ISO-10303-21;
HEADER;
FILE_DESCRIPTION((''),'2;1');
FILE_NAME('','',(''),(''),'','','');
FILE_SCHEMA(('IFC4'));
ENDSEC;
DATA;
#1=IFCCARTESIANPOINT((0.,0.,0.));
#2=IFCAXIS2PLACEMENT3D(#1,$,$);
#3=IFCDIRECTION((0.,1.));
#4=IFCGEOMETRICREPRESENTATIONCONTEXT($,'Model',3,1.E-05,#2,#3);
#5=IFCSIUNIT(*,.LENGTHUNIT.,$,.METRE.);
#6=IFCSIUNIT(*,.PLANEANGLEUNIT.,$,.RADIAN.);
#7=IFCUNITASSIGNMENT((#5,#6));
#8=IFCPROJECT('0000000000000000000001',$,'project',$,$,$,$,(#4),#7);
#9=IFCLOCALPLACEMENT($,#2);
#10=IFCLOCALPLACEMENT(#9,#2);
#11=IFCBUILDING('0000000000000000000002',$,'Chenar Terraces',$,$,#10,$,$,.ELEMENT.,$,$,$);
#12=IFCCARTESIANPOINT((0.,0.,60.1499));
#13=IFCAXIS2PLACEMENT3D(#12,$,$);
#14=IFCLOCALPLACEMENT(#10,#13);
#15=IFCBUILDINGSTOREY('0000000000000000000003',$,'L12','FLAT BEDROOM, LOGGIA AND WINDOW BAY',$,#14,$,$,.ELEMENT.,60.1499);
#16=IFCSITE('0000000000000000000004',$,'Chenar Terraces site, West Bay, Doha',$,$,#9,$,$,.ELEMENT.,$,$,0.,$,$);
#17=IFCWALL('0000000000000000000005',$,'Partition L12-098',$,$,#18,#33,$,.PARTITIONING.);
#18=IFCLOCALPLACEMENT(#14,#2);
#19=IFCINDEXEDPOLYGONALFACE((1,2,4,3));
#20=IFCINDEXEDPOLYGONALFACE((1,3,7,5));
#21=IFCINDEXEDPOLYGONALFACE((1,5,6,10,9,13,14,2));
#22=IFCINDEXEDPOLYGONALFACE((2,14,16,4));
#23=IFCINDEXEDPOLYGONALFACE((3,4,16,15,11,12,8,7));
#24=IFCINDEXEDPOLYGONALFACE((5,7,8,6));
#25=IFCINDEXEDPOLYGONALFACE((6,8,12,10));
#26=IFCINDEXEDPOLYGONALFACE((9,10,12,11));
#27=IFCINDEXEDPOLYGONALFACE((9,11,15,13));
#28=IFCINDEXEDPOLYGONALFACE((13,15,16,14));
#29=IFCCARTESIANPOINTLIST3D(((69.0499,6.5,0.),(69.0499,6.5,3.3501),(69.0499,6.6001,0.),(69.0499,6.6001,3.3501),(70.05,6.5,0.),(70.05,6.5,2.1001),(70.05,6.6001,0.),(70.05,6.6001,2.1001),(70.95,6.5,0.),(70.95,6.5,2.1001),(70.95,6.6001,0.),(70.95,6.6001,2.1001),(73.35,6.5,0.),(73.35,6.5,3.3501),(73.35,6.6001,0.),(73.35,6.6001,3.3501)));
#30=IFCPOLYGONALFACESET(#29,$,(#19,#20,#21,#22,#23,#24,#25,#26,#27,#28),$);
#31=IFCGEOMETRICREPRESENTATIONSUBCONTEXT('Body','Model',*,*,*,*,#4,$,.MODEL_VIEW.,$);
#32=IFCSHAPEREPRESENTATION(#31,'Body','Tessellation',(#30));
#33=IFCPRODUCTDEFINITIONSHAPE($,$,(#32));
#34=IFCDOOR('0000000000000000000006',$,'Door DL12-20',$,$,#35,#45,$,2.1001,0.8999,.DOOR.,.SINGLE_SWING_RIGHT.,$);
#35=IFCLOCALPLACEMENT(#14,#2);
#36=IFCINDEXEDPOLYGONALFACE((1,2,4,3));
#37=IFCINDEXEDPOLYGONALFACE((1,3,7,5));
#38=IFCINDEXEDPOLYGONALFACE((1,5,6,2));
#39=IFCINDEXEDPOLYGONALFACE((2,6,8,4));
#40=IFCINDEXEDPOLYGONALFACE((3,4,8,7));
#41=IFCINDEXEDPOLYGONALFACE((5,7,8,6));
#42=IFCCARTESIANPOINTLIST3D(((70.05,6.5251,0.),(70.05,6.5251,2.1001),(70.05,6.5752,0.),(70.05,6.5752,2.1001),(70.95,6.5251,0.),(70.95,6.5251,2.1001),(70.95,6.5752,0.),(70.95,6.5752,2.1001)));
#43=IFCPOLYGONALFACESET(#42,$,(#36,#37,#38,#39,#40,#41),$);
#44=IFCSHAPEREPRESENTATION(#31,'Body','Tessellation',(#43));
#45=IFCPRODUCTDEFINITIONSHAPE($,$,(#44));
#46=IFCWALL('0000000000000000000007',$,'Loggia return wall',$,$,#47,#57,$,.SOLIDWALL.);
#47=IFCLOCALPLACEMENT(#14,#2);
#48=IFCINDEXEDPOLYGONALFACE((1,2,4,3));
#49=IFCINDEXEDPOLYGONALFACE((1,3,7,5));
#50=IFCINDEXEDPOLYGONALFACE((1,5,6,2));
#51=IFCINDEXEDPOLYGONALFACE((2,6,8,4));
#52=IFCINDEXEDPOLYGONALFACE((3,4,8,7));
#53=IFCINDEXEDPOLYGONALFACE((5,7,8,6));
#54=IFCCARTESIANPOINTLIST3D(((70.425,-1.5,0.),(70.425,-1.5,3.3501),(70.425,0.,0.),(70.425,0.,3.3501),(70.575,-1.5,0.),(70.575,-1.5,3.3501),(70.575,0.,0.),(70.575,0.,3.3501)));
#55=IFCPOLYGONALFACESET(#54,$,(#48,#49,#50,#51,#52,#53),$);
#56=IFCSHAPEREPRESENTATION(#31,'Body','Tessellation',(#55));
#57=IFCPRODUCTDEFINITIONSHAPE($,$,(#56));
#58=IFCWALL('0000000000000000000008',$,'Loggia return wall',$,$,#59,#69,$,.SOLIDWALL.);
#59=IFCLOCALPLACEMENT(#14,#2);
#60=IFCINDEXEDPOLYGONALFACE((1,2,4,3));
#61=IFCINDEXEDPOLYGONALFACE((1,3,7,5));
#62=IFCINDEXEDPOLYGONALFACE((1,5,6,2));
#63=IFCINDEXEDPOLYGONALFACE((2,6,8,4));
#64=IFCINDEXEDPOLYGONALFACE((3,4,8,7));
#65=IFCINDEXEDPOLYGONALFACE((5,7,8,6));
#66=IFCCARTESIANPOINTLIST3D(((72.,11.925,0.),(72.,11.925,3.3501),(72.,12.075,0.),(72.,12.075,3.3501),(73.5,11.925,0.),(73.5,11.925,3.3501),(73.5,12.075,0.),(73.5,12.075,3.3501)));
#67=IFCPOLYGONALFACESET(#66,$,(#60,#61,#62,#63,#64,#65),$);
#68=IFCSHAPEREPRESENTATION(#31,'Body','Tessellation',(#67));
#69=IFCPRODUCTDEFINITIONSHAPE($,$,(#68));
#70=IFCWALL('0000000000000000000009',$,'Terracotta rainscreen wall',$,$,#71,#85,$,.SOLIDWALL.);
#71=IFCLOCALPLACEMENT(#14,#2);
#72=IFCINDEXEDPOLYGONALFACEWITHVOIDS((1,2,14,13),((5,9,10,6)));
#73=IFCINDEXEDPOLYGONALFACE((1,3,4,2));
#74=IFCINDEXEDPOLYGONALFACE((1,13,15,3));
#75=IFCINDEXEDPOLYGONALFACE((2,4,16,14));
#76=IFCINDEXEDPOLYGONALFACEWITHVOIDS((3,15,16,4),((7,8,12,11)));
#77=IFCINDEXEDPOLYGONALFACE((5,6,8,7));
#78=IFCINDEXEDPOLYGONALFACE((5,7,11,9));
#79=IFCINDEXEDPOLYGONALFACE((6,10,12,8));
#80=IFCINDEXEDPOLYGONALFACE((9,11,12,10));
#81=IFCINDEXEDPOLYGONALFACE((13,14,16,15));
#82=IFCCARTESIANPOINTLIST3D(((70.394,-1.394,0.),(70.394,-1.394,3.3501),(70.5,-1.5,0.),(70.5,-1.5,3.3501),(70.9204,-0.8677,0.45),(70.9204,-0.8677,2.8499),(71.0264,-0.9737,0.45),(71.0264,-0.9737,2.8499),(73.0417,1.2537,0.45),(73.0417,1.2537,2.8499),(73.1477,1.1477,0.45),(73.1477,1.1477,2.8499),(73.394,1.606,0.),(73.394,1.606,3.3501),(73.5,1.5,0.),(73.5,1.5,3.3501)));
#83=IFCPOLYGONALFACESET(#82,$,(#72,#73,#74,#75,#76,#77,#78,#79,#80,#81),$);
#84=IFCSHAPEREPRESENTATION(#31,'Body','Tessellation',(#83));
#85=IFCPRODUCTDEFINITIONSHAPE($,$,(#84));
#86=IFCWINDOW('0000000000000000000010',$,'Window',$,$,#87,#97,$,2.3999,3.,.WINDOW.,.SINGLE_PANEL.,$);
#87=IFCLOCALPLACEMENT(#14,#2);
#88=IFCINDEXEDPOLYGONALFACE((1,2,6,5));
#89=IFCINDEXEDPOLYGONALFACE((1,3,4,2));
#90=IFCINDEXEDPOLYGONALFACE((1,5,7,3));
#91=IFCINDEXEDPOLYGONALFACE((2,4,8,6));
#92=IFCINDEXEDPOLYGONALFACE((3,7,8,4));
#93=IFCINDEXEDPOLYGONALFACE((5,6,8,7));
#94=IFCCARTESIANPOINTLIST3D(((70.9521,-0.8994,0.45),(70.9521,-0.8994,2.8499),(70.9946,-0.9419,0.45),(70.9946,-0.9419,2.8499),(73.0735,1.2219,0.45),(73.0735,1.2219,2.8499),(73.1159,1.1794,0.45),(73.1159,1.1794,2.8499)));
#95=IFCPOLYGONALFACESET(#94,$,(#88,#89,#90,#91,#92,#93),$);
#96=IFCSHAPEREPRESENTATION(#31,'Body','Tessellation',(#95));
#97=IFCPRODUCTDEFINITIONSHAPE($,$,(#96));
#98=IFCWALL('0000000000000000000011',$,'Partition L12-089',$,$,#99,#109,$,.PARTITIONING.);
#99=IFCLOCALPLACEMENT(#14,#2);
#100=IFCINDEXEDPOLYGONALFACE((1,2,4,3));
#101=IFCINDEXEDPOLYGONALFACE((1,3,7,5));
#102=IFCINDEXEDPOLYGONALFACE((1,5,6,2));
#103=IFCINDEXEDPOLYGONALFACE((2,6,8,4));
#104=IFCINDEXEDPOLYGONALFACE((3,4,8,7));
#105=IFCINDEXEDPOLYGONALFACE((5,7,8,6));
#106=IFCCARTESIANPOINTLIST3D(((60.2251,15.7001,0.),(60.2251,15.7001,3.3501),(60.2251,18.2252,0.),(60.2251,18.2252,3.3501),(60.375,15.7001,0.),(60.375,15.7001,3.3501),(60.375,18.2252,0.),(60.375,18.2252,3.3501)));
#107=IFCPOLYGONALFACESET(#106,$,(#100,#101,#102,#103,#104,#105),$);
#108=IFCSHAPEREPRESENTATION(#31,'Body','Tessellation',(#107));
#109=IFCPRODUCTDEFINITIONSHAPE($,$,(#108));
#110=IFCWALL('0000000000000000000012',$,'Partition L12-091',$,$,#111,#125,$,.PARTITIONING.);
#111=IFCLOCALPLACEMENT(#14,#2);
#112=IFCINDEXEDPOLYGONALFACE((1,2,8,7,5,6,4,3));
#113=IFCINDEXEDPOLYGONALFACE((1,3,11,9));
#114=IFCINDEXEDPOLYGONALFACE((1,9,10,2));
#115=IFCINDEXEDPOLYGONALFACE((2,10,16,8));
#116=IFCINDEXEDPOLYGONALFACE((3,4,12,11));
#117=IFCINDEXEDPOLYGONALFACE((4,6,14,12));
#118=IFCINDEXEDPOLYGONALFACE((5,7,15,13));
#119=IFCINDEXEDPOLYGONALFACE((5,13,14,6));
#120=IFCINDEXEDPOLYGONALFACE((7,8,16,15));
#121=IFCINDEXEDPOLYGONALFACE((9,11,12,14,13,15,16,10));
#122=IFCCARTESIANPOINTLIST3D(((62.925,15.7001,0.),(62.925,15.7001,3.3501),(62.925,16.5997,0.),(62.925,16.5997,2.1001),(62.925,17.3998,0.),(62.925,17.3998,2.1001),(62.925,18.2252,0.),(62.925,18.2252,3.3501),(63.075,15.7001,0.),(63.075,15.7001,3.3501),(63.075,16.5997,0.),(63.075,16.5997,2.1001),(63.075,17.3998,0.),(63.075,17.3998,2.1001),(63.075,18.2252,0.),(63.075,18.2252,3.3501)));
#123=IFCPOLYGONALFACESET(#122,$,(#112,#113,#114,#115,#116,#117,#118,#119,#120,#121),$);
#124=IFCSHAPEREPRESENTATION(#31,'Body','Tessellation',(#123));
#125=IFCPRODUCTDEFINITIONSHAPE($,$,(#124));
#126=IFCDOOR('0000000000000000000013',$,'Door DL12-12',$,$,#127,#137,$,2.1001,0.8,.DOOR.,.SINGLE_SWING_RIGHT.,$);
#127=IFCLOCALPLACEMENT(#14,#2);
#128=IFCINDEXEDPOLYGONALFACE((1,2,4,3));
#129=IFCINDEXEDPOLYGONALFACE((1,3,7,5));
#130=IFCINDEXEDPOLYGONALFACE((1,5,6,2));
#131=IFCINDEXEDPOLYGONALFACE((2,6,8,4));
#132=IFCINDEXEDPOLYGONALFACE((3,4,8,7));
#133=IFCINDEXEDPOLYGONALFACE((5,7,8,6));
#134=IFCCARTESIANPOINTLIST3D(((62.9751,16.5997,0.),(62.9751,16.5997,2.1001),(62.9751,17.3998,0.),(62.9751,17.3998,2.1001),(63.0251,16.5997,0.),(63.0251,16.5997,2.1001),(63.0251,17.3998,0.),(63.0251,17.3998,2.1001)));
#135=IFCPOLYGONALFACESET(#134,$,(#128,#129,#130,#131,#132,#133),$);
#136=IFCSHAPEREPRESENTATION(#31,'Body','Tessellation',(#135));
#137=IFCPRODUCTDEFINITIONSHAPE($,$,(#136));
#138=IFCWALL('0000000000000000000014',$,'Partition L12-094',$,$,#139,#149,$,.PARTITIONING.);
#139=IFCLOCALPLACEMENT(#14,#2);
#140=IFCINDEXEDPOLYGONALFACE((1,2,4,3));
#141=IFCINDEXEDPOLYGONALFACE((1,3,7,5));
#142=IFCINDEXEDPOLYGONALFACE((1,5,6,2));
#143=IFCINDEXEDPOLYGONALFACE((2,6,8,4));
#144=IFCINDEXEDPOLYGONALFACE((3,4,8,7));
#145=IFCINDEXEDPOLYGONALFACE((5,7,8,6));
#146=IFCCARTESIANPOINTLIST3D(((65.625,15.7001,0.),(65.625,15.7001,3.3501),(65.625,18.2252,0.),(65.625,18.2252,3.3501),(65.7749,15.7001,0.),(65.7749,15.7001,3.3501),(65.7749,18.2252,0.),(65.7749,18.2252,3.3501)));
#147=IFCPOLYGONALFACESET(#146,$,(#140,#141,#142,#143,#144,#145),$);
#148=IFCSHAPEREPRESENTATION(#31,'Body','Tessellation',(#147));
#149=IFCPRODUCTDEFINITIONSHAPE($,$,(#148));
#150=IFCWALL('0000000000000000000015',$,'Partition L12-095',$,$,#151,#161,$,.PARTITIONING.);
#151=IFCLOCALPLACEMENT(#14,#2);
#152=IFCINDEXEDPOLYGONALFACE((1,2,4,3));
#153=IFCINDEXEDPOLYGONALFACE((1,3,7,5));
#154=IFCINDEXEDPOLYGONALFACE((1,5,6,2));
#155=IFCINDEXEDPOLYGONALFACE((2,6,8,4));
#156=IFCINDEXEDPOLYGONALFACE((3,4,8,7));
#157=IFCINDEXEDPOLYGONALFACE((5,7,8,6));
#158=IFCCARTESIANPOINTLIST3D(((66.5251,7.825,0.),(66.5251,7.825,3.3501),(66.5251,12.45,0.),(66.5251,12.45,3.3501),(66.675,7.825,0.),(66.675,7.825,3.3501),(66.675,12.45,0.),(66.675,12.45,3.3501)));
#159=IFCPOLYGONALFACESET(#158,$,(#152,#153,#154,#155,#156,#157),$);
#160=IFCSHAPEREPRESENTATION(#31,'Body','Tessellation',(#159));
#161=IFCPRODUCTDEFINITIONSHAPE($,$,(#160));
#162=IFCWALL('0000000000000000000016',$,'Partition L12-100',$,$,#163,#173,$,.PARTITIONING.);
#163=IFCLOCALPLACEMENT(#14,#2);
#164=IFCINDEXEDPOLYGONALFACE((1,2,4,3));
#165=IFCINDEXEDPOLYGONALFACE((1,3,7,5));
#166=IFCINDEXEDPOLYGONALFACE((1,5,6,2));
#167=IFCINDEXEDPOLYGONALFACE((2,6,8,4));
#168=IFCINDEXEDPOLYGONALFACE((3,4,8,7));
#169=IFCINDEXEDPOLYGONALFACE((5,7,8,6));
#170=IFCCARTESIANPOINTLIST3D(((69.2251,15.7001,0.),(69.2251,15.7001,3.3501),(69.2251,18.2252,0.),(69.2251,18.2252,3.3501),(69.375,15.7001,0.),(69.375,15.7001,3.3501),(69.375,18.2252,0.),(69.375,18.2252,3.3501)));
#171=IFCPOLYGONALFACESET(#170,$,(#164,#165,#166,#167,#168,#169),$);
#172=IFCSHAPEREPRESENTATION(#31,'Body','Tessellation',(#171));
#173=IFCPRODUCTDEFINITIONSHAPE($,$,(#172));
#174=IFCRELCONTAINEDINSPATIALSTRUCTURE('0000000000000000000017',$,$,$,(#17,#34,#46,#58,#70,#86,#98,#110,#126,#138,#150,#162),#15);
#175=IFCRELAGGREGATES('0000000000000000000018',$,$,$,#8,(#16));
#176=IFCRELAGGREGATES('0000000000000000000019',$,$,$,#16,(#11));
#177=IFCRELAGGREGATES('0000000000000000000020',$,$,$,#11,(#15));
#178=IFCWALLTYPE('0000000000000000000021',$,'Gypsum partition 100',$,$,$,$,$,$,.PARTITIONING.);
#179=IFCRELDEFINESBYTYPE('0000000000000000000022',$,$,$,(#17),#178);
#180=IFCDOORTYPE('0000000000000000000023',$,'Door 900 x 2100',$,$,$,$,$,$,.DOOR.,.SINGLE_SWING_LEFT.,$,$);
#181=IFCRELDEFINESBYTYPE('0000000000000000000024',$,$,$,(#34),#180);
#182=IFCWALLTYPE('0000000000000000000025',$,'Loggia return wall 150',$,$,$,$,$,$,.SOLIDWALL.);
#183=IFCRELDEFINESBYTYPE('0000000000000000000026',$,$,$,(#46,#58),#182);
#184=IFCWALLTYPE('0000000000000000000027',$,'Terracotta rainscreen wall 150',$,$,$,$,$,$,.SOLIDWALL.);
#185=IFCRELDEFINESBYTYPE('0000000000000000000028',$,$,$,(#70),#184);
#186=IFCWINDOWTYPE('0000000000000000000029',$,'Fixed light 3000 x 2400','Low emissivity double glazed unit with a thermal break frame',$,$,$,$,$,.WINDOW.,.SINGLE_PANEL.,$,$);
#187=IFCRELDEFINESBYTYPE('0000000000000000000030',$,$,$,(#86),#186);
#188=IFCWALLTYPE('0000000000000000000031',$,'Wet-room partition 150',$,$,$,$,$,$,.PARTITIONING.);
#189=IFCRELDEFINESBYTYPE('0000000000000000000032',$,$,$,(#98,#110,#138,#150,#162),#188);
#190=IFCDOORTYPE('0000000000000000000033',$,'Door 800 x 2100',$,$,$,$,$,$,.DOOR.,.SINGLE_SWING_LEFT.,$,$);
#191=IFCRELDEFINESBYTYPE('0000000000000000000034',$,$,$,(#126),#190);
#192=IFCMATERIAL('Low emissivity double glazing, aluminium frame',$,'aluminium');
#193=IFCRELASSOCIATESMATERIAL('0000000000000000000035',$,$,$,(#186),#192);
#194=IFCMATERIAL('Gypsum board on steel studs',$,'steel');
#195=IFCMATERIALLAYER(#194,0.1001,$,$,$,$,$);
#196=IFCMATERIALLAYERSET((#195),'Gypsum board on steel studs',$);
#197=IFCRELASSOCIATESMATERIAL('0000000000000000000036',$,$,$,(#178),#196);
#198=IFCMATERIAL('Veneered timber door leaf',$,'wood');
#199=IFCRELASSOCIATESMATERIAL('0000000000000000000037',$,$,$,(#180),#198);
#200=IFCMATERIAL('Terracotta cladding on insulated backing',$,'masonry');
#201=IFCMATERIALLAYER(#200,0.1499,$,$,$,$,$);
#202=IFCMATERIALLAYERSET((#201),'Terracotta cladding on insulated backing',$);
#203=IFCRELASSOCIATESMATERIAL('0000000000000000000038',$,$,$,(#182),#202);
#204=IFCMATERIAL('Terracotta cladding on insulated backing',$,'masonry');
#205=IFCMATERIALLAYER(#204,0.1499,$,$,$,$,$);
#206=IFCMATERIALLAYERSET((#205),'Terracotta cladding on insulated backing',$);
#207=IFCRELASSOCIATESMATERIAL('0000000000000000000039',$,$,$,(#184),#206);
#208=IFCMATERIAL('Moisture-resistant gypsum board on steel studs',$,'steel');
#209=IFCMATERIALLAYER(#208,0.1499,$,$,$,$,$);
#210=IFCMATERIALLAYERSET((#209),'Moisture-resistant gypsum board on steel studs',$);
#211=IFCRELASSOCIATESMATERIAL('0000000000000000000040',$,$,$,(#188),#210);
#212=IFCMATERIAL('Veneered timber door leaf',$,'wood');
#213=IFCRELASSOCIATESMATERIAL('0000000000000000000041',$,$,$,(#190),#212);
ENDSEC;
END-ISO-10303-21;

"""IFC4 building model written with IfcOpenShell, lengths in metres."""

from ifc_helpers import new_model, si_unit, direction, frame, frame_2d, origin, place, context, subcontext, project, spatial, rectangle, extrude, material, layer, layer_set, type_object, element, fill, save


model = new_model("IFC4")

# Units and contexts
model_context = context("Model", 3, precision=1e-05, world=origin(), true_north=direction((0.0, 1.0)))
body_context = subcontext(model_context, "Body", "Model", "MODEL_VIEW")
ifc_project = project(units=[si_unit("LENGTHUNIT", "METRE"), si_unit("PLANEANGLEUNIT", "RADIAN")], contexts=[model_context])

# Site, building, storey
site_placement = place(None, origin())
site = spatial("IfcSite", under=ifc_project, at=site_placement, Name="Chenar Terraces site, West Bay, Doha", CompositionType="ELEMENT", RefElevation=0.0)
building_placement = place(site_placement, origin())
building = spatial("IfcBuilding", under=site, at=building_placement, Name="Chenar Terraces", CompositionType="ELEMENT")
storey_placement = place(building_placement, frame((0.0, 0.0, 60.1499)))
storey = spatial("IfcBuildingStorey", under=building, at=storey_placement, Name="L12", Description="FLAT BEDROOM, LOGGIA AND WINDOW BAY", CompositionType="ELEMENT", Elevation=60.1499)

# Shared definitions
ifc_material_1 = material(Name="Low emissivity double glazing, aluminium frame", Category="aluminium")
window_type_1 = type_object("IfcWindowType", Name="Fixed light 3000 x 2400", Description="Low emissivity double glazed unit with a thermal break frame", PartitioningType="SINGLE_PANEL", PredefinedType="WINDOW", material=ifc_material_1)

# Shared definitions
ifc_material_2 = material(Name="Gypsum board on steel studs", Category="steel")
ifc_layer_1 = layer(ifc_material_2, 0.1001)
ifc_layer_set_1 = layer_set([ifc_layer_1], Name="Gypsum board on steel studs")
wall_type_1 = type_object("IfcWallType", Name="Gypsum partition 100", PredefinedType="PARTITIONING", material=ifc_layer_set_1)

# Wall, opening, door
wall_1_placement = place(storey_placement, frame((69.05, 6.55, 0.0), z_axis=(0.0, 0.0, 1.0), x_axis=(1.0, 0.0, 0.0)))
wall_1 = element("IfcWall", 1, at=wall_1_placement, inside=storey, type_object=wall_type_1, Name="Partition L12-098", PredefinedType="PARTITIONING", context=body_context, shape_type="SweptSolid", body=[
    extrude(rectangle(XDim=4.3, YDim=0.1001, at=frame_2d((2.1499, 0.0))), origin(), (0.0, 0.0, 1.0), 3.3501),
])
opening_1_placement = place(wall_1_placement, frame((1.0, 0.0, 0.0)))
opening_1 = element("IfcOpeningElement", 2, at=opening_1_placement, cuts=wall_1, PredefinedType="OPENING", context=body_context, shape_type="SweptSolid", body=[
    extrude(rectangle(XDim=0.8999, YDim=2.1001, at=frame_2d((0.45, 1.05))), frame((0.0, 0.0601, 0.0), z_axis=(0.0, -1.0, 0.0), x_axis=(1.0, 0.0, 0.0)), (0.0, 0.0, 1.0), 0.1201),
])
ifc_material_3 = material(Name="Veneered timber door leaf", Category="wood")
door_type_1 = type_object("IfcDoorType", Name="Door 900 x 2100", OperationType="SINGLE_SWING_LEFT", PredefinedType="DOOR", material=ifc_material_3)
door_1_placement = place(opening_1_placement, frame((0.8999, 0.0, 0.0), z_axis=(0.0, 0.0, 1.0), x_axis=(-1.0, 0.0, 0.0)))
door_1 = element("IfcDoor", 3, at=door_1_placement, inside=storey, type_object=door_type_1, Name="Door DL12-20", OperationType="SINGLE_SWING_RIGHT", OverallHeight=2.1001, OverallWidth=0.8999, PredefinedType="DOOR", context=body_context, shape_type="SweptSolid", body=[
    extrude(rectangle(XDim=0.8999, YDim=2.1001, at=frame_2d((0.45, 1.05))), frame((0.0, 0.0249, 0.0), z_axis=(0.0, -1.0, 0.0), x_axis=(1.0, 0.0, 0.0)), (0.0, 0.0, 1.0), 0.05),
])
fill(opening_1, door_1)

# Walls
ifc_material_4 = material(Name="Terracotta cladding on insulated backing", Category="masonry")
ifc_layer_2 = layer(ifc_material_4, 0.1499)
ifc_layer_set_2 = layer_set([ifc_layer_2], Name="Terracotta cladding on insulated backing")
wall_type_2 = type_object("IfcWallType", Name="Loggia return wall 150", PredefinedType="SOLIDWALL", material=ifc_layer_set_2)
for number, where, z_axis, x_axis, name in (
    (4, (70.5, -1.5, 0.0), (0.0, 0.0, 1.0), (0.0, 1.0, 0.0), "Loggia return wall"),
    (5, (73.5, 12.0, 0.0), (0.0, 0.0, 1.0), (-1.0, 0.0, 0.0), "Loggia return wall"),
):
    element("IfcWall", number, at=place(storey_placement, frame(where, z_axis=z_axis, x_axis=x_axis)), inside=storey, type_object=wall_type_2, Name=name, PredefinedType="SOLIDWALL", context=body_context, shape_type="SweptSolid", body=[
        extrude(rectangle(XDim=1.5, YDim=0.1499, at=frame_2d((0.75, 0.0))), origin(), (0.0, 0.0, 1.0), 3.3501),
    ])

# Wall, opening, window
ifc_material_5 = material(Name="Terracotta cladding on insulated backing", Category="masonry")
ifc_layer_3 = layer(ifc_material_5, 0.1499)
ifc_layer_set_3 = layer_set([ifc_layer_3], Name="Terracotta cladding on insulated backing")
wall_type_3 = type_object("IfcWallType", Name="Terracotta rainscreen wall 150", PredefinedType="SOLIDWALL", material=ifc_layer_set_3)
wall_2_placement = place(storey_placement, frame((70.447, -1.447, 0.0), z_axis=(0.0, 0.0, 1.0), x_axis=(0.707107, 0.707107, 0.0)))
wall_2 = element("IfcWall", 6, at=wall_2_placement, inside=storey, type_object=wall_type_3, Name="Terracotta rainscreen wall", PredefinedType="SOLIDWALL", context=body_context, shape_type="SweptSolid", body=[
    extrude(rectangle(XDim=4.2427, YDim=0.1499, at=frame_2d((2.1213, 0.0))), origin(), (0.0, 0.0, 1.0), 3.3501),
])
opening_2_placement = place(wall_2_placement, frame((0.7444, 0.0, 0.45)))
opening_2 = element("IfcOpeningElement", 7, at=opening_2_placement, cuts=wall_2, PredefinedType="OPENING", context=body_context, shape_type="SweptSolid", body=[
    extrude(rectangle(XDim=3.0, YDim=2.3999, at=frame_2d((1.5, 1.2))), frame((0.0, 0.085, 0.0), z_axis=(0.0, -1.0, 0.0), x_axis=(1.0, 0.0, 0.0)), (0.0, 0.0, 1.0), 0.1699),
])
window_1_placement = place(opening_2_placement, origin())
window_1 = element("IfcWindow", 8, at=window_1_placement, inside=storey, type_object=window_type_1, Name="Window", OverallHeight=2.3999, OverallWidth=3.0, PartitioningType="SINGLE_PANEL", PredefinedType="WINDOW", context=body_context, shape_type="SweptSolid", body=[
    extrude(rectangle(XDim=3.0, YDim=2.3999, at=frame_2d((1.5, 1.2))), frame((0.0, 0.03, 0.0), z_axis=(0.0, -1.0, 0.0), x_axis=(1.0, 0.0, 0.0)), (0.0, 0.0, 1.0), 0.0601),
])
fill(opening_2, window_1)

# Wall
ifc_material_6 = material(Name="Moisture-resistant gypsum board on steel studs", Category="steel")
ifc_layer_4 = layer(ifc_material_6, 0.1499)
ifc_layer_set_4 = layer_set([ifc_layer_4], Name="Moisture-resistant gypsum board on steel studs")
wall_type_4 = type_object("IfcWallType", Name="Wet-room partition 150", PredefinedType="PARTITIONING", material=ifc_layer_set_4)
wall_3_placement = place(storey_placement, frame((60.3, 15.7, 0.0), z_axis=(0.0, 0.0, 1.0), x_axis=(0.0, 1.0, 0.0)))
element("IfcWall", 9, at=wall_3_placement, inside=storey, type_object=wall_type_4, Name="Partition L12-089", PredefinedType="PARTITIONING", context=body_context, shape_type="SweptSolid", body=[
    extrude(rectangle(XDim=2.5251, YDim=0.1499, at=frame_2d((1.2627, 0.0))), origin(), (0.0, 0.0, 1.0), 3.3501),
])

# Wall, opening, door
wall_4_placement = place(storey_placement, frame((63.0, 15.7, 0.0), z_axis=(0.0, 0.0, 1.0), x_axis=(0.0, 1.0, 0.0)))
wall_4 = element("IfcWall", 10, at=wall_4_placement, inside=storey, type_object=wall_type_4, Name="Partition L12-091", PredefinedType="PARTITIONING", context=body_context, shape_type="SweptSolid", body=[
    extrude(rectangle(XDim=2.5251, YDim=0.1499, at=frame_2d((1.2627, 0.0))), origin(), (0.0, 0.0, 1.0), 3.3501),
])
opening_3_placement = place(wall_4_placement, frame((0.8999, 0.0, 0.0)))
opening_3 = element("IfcOpeningElement", 11, at=opening_3_placement, cuts=wall_4, PredefinedType="OPENING", context=body_context, shape_type="SweptSolid", body=[
    extrude(rectangle(XDim=0.8, YDim=2.1001, at=frame_2d((0.3999, 1.05))), frame((0.0, 0.085, 0.0), z_axis=(0.0, -1.0, 0.0), x_axis=(1.0, 0.0, 0.0)), (0.0, 0.0, 1.0), 0.1699),
])
ifc_material_7 = material(Name="Veneered timber door leaf", Category="wood")
door_type_2 = type_object("IfcDoorType", Name="Door 800 x 2100", OperationType="SINGLE_SWING_LEFT", PredefinedType="DOOR", material=ifc_material_7)
door_2_placement = place(opening_3_placement, origin())
door_2 = element("IfcDoor", 12, at=door_2_placement, inside=storey, type_object=door_type_2, Name="Door DL12-12", OperationType="SINGLE_SWING_RIGHT", OverallHeight=2.1001, OverallWidth=0.8, PredefinedType="DOOR", context=body_context, shape_type="SweptSolid", body=[
    extrude(rectangle(XDim=0.8, YDim=2.1001, at=frame_2d((0.3999, 1.05))), frame((0.0, 0.0249, 0.0), z_axis=(0.0, -1.0, 0.0), x_axis=(1.0, 0.0, 0.0)), (0.0, 0.0, 1.0), 0.05),
])
fill(opening_3, door_2)

# Walls
wall_5_placement = place(storey_placement, frame((65.7, 15.7, 0.0), z_axis=(0.0, 0.0, 1.0), x_axis=(0.0, 1.0, 0.0)))
element("IfcWall", 13, at=wall_5_placement, inside=storey, type_object=wall_type_4, Name="Partition L12-094", PredefinedType="PARTITIONING", context=body_context, shape_type="SweptSolid", body=[
    extrude(rectangle(XDim=2.5251, YDim=0.1499, at=frame_2d((1.2627, 0.0))), origin(), (0.0, 0.0, 1.0), 3.3501),
])
wall_6_placement = place(storey_placement, frame((66.6001, 7.825, 0.0), z_axis=(0.0, 0.0, 1.0), x_axis=(0.0, 1.0, 0.0)))
element("IfcWall", 14, at=wall_6_placement, inside=storey, type_object=wall_type_4, Name="Partition L12-095", PredefinedType="PARTITIONING", context=body_context, shape_type="SweptSolid", body=[
    extrude(rectangle(XDim=4.625, YDim=0.1499, at=frame_2d((2.3125, 0.0))), origin(), (0.0, 0.0, 1.0), 3.3501),
])
wall_7_placement = place(storey_placement, frame((69.3, 15.7, 0.0), z_axis=(0.0, 0.0, 1.0), x_axis=(0.0, 1.0, 0.0)))
element("IfcWall", 15, at=wall_7_placement, inside=storey, type_object=wall_type_4, Name="Partition L12-100", PredefinedType="PARTITIONING", context=body_context, shape_type="SweptSolid", body=[
    extrude(rectangle(XDim=2.5251, YDim=0.1499, at=frame_2d((1.2627, 0.0))), origin(), (0.0, 0.0, 1.0), 3.3501),
])

save(model, "model.ifc")
